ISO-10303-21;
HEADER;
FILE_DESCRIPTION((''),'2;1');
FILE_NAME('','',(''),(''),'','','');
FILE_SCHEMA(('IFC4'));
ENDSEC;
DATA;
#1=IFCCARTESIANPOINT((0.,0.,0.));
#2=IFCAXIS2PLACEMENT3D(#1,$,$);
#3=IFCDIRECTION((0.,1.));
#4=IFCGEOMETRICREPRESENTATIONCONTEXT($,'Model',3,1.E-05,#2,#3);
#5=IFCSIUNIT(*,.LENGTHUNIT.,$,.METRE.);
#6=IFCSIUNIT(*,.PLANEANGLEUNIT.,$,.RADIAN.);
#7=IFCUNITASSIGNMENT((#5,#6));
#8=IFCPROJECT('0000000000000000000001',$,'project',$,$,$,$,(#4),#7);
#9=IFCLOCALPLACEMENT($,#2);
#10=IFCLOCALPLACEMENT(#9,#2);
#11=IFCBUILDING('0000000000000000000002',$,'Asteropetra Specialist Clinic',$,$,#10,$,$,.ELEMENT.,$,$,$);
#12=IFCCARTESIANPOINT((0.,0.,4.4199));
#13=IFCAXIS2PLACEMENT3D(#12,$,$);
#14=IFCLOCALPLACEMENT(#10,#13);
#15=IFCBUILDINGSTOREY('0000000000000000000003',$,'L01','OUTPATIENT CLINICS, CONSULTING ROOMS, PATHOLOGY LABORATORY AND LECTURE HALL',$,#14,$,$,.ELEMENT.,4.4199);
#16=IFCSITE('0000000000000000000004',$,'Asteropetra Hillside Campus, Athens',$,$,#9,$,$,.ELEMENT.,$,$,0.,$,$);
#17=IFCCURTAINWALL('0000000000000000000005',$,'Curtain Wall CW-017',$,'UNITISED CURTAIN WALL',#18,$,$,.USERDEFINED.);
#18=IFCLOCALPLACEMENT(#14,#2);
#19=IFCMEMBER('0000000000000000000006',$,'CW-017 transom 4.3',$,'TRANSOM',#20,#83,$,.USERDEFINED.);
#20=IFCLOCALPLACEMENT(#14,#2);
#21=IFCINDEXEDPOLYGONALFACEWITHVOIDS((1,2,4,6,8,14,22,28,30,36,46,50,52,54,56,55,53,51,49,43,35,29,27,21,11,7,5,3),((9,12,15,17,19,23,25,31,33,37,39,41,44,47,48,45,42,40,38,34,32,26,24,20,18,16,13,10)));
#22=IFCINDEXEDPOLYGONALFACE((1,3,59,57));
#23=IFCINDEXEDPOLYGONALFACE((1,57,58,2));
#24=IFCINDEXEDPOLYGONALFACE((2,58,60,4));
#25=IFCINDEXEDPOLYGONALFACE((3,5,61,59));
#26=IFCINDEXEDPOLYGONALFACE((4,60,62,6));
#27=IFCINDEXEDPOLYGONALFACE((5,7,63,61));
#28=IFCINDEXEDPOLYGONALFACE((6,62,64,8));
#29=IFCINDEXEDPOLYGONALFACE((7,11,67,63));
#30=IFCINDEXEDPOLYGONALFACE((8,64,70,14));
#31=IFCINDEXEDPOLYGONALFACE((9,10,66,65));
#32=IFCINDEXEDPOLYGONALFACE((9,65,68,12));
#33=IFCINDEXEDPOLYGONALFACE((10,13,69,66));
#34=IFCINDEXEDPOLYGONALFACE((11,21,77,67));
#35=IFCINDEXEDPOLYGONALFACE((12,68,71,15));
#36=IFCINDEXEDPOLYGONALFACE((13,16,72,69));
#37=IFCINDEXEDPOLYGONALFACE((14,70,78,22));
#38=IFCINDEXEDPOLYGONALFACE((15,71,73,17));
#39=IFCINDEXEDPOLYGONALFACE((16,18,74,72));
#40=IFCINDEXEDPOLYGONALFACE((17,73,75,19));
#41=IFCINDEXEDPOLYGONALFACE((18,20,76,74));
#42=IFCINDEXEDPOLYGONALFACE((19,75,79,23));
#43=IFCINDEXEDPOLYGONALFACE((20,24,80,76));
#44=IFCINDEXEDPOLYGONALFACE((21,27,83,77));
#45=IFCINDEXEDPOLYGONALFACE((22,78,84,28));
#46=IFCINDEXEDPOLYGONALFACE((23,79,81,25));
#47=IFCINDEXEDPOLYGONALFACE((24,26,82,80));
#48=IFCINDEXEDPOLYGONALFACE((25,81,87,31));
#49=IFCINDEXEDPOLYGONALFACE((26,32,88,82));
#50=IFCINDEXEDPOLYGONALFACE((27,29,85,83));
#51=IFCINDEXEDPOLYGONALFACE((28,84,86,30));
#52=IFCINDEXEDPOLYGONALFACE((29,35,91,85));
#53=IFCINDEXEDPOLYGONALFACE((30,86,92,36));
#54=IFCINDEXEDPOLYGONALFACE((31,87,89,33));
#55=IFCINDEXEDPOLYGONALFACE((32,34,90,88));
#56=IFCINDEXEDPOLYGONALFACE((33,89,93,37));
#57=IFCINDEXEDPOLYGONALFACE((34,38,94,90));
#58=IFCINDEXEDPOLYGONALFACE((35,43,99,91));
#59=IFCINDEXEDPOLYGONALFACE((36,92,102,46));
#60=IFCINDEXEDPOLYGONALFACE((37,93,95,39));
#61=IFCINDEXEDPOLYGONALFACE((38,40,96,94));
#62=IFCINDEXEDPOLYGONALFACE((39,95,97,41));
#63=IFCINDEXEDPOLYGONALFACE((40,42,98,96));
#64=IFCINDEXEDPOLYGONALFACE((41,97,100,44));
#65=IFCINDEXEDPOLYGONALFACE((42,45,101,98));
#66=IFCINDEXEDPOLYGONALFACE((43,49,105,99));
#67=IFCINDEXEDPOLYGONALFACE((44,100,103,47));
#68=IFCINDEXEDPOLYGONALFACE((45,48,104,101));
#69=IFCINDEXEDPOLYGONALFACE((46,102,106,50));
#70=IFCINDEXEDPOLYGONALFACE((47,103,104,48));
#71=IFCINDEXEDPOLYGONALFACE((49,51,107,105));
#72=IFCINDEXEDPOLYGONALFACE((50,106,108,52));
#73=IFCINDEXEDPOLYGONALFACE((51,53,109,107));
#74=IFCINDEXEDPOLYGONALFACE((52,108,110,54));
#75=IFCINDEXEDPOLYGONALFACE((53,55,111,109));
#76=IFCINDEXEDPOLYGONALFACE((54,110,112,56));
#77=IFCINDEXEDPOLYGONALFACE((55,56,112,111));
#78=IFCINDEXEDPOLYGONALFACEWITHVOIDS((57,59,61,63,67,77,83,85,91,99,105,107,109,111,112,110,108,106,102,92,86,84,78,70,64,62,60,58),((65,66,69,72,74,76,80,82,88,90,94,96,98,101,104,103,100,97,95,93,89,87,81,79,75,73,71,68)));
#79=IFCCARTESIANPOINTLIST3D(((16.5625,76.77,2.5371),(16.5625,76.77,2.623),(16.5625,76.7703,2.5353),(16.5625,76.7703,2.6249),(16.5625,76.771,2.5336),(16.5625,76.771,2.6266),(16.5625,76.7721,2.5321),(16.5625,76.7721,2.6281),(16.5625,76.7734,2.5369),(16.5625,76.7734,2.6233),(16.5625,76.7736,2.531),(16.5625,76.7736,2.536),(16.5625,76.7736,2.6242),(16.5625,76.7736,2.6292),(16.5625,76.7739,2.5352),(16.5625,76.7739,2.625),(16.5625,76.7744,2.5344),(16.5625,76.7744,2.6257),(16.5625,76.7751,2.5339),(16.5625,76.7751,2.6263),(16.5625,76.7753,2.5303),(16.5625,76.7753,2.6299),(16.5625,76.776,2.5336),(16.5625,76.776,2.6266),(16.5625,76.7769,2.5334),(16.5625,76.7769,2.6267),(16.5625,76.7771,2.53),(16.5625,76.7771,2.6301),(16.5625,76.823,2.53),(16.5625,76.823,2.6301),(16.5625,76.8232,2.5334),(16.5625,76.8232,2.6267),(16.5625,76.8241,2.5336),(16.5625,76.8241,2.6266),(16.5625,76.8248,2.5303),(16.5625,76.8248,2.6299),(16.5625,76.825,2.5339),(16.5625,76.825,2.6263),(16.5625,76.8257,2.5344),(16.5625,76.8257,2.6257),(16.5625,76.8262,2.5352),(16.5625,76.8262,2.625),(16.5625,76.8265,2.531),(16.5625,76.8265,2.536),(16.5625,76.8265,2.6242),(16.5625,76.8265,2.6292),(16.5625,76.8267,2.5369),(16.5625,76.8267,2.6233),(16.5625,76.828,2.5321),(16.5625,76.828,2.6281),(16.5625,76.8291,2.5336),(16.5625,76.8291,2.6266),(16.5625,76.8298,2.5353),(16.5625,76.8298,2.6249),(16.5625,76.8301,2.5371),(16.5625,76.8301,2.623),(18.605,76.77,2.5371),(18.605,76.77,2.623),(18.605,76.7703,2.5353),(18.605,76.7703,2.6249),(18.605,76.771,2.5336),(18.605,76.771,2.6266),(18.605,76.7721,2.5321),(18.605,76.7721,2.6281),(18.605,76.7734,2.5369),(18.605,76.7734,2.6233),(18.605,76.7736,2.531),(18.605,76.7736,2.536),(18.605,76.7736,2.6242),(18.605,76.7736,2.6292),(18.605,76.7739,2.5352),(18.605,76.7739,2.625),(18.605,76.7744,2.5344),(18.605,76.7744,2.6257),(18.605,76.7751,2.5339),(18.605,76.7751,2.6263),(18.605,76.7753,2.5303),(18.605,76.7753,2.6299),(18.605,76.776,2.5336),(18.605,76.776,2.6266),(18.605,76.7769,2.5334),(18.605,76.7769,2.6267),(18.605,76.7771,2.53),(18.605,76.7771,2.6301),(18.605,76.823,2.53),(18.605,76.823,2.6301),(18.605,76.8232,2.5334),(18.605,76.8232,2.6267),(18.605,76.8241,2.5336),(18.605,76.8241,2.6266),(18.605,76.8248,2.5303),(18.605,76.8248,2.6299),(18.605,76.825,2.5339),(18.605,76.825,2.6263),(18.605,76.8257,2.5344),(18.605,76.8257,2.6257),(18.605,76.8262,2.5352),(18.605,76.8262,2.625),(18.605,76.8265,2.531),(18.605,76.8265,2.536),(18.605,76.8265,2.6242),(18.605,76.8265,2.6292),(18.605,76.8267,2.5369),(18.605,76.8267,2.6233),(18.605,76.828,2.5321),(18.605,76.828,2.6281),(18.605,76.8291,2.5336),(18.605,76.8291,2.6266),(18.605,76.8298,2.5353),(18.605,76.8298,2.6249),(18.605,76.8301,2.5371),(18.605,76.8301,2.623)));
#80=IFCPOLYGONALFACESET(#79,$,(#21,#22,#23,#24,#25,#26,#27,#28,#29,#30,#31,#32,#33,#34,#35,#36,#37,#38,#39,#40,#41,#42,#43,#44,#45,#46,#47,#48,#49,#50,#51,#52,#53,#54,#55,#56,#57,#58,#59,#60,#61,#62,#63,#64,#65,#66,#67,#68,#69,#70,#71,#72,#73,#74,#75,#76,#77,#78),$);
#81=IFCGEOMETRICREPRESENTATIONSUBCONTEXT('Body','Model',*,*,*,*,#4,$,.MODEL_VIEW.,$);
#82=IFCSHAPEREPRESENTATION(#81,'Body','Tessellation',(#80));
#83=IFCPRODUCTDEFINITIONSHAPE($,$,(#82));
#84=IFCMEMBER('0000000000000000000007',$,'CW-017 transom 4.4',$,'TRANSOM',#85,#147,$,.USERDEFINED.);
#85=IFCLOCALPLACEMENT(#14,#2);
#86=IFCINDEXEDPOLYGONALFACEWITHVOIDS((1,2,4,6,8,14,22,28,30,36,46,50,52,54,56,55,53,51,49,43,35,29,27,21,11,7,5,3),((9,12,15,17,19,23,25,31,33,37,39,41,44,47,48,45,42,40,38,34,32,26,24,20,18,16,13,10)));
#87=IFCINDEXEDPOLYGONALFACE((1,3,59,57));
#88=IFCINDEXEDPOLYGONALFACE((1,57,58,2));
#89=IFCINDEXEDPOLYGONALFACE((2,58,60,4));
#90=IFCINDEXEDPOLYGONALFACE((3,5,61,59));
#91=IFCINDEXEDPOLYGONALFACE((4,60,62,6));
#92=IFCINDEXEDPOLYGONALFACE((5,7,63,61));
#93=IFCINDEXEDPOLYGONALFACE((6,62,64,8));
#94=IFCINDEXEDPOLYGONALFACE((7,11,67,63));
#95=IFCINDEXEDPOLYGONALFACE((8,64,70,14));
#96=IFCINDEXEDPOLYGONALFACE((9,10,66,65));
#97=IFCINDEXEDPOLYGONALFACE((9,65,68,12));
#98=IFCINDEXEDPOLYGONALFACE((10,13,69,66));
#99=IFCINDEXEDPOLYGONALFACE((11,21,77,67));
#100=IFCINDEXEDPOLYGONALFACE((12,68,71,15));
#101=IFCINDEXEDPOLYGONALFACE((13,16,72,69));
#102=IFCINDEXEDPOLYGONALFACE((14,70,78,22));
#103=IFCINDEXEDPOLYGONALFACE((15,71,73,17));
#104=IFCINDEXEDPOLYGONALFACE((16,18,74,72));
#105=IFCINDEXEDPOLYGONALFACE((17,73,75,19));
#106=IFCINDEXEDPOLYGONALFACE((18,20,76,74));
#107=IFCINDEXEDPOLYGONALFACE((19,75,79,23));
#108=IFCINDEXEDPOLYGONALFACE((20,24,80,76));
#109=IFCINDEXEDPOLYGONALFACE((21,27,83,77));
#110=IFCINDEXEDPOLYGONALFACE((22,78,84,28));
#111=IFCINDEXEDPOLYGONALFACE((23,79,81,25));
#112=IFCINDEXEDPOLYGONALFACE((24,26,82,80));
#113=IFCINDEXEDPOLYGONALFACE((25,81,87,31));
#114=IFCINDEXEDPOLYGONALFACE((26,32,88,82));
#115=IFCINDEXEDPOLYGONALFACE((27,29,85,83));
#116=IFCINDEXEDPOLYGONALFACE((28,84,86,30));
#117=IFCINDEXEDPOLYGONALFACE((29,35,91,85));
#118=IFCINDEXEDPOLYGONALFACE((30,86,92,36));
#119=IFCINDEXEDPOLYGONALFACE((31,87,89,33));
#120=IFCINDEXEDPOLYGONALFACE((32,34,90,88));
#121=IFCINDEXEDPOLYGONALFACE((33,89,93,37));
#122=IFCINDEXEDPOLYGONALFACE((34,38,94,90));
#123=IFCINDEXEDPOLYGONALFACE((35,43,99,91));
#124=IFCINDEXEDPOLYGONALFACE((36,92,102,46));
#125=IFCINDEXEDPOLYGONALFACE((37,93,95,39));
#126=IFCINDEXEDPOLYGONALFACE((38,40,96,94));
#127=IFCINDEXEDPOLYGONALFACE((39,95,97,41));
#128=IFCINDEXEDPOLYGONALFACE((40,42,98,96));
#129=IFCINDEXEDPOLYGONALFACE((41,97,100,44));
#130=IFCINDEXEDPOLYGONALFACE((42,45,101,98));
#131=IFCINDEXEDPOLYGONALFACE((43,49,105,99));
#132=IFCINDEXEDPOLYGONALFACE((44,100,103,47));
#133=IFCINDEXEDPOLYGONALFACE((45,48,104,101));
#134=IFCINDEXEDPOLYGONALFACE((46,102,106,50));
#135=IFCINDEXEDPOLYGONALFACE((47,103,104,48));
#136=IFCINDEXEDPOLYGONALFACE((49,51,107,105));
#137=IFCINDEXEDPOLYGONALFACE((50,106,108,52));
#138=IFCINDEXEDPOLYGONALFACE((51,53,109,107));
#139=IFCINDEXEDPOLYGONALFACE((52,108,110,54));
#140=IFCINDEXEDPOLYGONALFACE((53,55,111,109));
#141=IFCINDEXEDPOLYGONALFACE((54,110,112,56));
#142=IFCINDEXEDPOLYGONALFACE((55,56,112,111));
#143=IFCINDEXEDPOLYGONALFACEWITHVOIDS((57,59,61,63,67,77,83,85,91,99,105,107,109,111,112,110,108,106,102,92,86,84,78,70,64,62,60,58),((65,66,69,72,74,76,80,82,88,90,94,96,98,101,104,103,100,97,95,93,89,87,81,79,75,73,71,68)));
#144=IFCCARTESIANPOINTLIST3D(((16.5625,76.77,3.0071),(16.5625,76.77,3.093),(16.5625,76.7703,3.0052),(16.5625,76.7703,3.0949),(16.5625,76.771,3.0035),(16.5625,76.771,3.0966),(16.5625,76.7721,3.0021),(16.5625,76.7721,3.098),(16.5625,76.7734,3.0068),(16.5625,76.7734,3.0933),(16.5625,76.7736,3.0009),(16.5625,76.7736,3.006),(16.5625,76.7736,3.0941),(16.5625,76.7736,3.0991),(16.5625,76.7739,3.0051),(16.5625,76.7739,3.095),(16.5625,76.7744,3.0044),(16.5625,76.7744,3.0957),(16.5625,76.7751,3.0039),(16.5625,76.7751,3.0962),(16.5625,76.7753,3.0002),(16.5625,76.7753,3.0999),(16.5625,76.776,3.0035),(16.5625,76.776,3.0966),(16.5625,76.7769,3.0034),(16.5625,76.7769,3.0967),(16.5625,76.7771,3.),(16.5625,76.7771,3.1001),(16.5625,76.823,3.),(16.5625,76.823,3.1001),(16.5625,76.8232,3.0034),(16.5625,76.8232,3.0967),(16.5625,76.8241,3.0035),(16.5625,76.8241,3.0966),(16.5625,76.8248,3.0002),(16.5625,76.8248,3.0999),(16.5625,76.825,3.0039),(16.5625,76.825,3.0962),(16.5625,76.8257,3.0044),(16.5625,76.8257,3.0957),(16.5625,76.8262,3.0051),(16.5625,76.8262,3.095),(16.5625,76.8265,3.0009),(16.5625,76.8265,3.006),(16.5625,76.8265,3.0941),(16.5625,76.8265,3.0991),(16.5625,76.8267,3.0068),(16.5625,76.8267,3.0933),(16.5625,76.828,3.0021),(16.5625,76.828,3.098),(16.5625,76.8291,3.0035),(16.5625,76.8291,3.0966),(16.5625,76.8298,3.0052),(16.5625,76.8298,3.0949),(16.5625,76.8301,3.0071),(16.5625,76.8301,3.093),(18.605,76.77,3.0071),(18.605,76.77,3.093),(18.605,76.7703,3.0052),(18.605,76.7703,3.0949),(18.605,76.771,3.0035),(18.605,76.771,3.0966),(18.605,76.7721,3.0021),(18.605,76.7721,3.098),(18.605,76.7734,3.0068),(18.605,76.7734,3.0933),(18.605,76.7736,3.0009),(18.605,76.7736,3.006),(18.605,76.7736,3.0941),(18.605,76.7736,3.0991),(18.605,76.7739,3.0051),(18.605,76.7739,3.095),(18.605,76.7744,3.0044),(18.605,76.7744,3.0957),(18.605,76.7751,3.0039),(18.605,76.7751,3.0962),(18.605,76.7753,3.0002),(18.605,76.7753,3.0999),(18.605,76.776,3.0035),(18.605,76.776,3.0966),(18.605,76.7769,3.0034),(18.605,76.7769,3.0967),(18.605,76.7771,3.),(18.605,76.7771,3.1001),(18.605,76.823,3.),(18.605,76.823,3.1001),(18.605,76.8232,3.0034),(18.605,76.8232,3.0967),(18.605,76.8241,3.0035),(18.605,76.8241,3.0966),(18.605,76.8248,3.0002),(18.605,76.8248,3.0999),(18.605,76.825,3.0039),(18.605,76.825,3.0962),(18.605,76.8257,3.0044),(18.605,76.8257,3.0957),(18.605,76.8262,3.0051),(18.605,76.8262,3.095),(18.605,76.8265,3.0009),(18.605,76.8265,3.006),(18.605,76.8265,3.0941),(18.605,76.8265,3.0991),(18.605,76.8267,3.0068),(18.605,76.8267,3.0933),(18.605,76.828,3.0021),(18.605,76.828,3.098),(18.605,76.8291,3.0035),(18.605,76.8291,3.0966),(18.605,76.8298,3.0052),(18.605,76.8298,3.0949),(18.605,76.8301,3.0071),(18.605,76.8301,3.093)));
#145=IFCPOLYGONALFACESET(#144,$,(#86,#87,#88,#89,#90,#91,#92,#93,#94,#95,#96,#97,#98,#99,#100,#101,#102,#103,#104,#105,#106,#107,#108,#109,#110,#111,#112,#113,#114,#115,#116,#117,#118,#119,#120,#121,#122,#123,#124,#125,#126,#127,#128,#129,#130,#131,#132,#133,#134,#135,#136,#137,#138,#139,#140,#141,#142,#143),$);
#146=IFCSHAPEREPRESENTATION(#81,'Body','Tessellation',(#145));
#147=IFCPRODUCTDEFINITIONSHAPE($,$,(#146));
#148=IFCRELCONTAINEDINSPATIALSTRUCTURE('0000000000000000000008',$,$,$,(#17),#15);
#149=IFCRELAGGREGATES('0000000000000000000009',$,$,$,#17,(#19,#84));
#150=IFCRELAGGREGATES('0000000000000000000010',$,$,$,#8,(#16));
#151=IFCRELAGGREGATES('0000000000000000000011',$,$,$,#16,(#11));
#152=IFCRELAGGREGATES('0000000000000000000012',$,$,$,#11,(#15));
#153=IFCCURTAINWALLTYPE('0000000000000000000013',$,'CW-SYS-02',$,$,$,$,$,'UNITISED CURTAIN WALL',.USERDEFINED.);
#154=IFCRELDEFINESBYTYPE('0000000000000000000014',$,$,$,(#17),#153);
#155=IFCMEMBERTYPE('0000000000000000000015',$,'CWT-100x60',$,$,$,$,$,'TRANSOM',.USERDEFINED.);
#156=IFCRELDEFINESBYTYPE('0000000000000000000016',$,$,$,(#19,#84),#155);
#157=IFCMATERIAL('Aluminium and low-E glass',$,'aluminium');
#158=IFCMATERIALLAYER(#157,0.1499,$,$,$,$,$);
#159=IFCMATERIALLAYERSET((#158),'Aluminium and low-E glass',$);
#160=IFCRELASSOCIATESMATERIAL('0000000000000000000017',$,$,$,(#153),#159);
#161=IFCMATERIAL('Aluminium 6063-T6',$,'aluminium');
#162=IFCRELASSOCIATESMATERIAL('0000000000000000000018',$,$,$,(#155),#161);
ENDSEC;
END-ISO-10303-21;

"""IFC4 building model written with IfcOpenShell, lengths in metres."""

from ifc_helpers import new_model, si_unit, direction, frame, origin, origin_2d, place, context, subcontext, project, spatial, hollow_rectangle, extrude, material, layer, layer_set, material_profile, profile_set, type_object, element, aggregate, save


model = new_model("IFC4")

# Units and contexts
model_context = context("Model", 3, precision=1e-05, world=origin(), true_north=direction((0.0, 1.0)))
body_context = subcontext(model_context, "Body", "Model", "MODEL_VIEW")
ifc_project = project(units=[si_unit("LENGTHUNIT", "METRE"), si_unit("PLANEANGLEUNIT", "RADIAN")], contexts=[model_context])

# Site, building, storey
site_placement = place(None, origin())
site = spatial("IfcSite", under=ifc_project, at=site_placement, Name="Asteropetra Hillside Campus, Athens", CompositionType="ELEMENT", RefElevation=0.0)
building_placement = place(site_placement, origin())
building = spatial("IfcBuilding", under=site, at=building_placement, Name="Asteropetra Specialist Clinic", CompositionType="ELEMENT")
storey_placement = place(building_placement, frame((0.0, 0.0, 4.4199)))
storey = spatial("IfcBuildingStorey", under=building, at=storey_placement, Name="L01", Description="OUTPATIENT CLINICS, CONSULTING ROOMS, PATHOLOGY LABORATORY AND LECTURE HALL", CompositionType="ELEMENT", Elevation=4.4199)

# Curtain wall
ifc_material_1 = material(Name="Aluminium and low-E glass", Category="aluminium")
ifc_layer_1 = layer(ifc_material_1, 0.1499)
ifc_layer_set_1 = layer_set([ifc_layer_1], Name="Aluminium and low-E glass")
curtain_wall_type_1 = type_object("IfcCurtainWallType", Name="CW-SYS-02", ElementType="UNITISED CURTAIN WALL", PredefinedType="USERDEFINED", material=ifc_layer_set_1)
curtain_wall_1_placement = place(storey_placement, origin())
curtain_wall_1 = element("IfcCurtainWall", 1, at=curtain_wall_1_placement, inside=storey, type_object=curtain_wall_type_1, Name="Curtain Wall CW-017", ObjectType="UNITISED CURTAIN WALL", PredefinedType="USERDEFINED")

# Members
ifc_material_2 = material(Name="Aluminium 6063-T6", Category="aluminium")
ifc_material_profile_1 = material_profile(ifc_material_2, hollow_rectangle(XDim=0.0601, YDim=0.1001, WallThickness=0.0034, InnerFilletRadius=0.0034, OuterFilletRadius=0.0071, at=origin_2d()), Name="TRN 100x60x3.5")
ifc_profile_set_1 = profile_set([ifc_material_profile_1], Name="Aluminium 6063-T6")
member_type_1 = type_object("IfcMemberType", Name="CWT-100x60", ElementType="TRANSOM", PredefinedType="USERDEFINED", material=ifc_profile_set_1)
member_1_placement = place(storey_placement, frame((16.5625, 76.8, 2.5801), z_axis=(1.0, 0.0, 0.0), x_axis=(0.0, 1.0, 0.0)))
member_1 = element("IfcMember", 2, at=member_1_placement, type_object=member_type_1, Name="CW-017 transom 4.3", ObjectType="TRANSOM", PredefinedType="USERDEFINED", context=body_context, shape_type="SweptSolid", body=[
    extrude(hollow_rectangle(XDim=0.0601, YDim=0.1001, WallThickness=0.0034, InnerFilletRadius=0.0034, OuterFilletRadius=0.0071, at=origin_2d()), origin(), (0.0, 0.0, 1.0), 2.0425),
])
member_2_placement = place(storey_placement, frame((16.5625, 76.8, 3.05), z_axis=(1.0, 0.0, 0.0), x_axis=(0.0, 1.0, 0.0)))
member_2 = element("IfcMember", 3, at=member_2_placement, type_object=member_type_1, Name="CW-017 transom 4.4", ObjectType="TRANSOM", PredefinedType="USERDEFINED", context=body_context, shape_type="SweptSolid", body=[
    extrude(hollow_rectangle(XDim=0.0601, YDim=0.1001, WallThickness=0.0034, InnerFilletRadius=0.0034, OuterFilletRadius=0.0071, at=origin_2d()), origin(), (0.0, 0.0, 1.0), 2.0425),
])

aggregate(curtain_wall_1, [member_1, member_2])

save(model, "model.ifc")
